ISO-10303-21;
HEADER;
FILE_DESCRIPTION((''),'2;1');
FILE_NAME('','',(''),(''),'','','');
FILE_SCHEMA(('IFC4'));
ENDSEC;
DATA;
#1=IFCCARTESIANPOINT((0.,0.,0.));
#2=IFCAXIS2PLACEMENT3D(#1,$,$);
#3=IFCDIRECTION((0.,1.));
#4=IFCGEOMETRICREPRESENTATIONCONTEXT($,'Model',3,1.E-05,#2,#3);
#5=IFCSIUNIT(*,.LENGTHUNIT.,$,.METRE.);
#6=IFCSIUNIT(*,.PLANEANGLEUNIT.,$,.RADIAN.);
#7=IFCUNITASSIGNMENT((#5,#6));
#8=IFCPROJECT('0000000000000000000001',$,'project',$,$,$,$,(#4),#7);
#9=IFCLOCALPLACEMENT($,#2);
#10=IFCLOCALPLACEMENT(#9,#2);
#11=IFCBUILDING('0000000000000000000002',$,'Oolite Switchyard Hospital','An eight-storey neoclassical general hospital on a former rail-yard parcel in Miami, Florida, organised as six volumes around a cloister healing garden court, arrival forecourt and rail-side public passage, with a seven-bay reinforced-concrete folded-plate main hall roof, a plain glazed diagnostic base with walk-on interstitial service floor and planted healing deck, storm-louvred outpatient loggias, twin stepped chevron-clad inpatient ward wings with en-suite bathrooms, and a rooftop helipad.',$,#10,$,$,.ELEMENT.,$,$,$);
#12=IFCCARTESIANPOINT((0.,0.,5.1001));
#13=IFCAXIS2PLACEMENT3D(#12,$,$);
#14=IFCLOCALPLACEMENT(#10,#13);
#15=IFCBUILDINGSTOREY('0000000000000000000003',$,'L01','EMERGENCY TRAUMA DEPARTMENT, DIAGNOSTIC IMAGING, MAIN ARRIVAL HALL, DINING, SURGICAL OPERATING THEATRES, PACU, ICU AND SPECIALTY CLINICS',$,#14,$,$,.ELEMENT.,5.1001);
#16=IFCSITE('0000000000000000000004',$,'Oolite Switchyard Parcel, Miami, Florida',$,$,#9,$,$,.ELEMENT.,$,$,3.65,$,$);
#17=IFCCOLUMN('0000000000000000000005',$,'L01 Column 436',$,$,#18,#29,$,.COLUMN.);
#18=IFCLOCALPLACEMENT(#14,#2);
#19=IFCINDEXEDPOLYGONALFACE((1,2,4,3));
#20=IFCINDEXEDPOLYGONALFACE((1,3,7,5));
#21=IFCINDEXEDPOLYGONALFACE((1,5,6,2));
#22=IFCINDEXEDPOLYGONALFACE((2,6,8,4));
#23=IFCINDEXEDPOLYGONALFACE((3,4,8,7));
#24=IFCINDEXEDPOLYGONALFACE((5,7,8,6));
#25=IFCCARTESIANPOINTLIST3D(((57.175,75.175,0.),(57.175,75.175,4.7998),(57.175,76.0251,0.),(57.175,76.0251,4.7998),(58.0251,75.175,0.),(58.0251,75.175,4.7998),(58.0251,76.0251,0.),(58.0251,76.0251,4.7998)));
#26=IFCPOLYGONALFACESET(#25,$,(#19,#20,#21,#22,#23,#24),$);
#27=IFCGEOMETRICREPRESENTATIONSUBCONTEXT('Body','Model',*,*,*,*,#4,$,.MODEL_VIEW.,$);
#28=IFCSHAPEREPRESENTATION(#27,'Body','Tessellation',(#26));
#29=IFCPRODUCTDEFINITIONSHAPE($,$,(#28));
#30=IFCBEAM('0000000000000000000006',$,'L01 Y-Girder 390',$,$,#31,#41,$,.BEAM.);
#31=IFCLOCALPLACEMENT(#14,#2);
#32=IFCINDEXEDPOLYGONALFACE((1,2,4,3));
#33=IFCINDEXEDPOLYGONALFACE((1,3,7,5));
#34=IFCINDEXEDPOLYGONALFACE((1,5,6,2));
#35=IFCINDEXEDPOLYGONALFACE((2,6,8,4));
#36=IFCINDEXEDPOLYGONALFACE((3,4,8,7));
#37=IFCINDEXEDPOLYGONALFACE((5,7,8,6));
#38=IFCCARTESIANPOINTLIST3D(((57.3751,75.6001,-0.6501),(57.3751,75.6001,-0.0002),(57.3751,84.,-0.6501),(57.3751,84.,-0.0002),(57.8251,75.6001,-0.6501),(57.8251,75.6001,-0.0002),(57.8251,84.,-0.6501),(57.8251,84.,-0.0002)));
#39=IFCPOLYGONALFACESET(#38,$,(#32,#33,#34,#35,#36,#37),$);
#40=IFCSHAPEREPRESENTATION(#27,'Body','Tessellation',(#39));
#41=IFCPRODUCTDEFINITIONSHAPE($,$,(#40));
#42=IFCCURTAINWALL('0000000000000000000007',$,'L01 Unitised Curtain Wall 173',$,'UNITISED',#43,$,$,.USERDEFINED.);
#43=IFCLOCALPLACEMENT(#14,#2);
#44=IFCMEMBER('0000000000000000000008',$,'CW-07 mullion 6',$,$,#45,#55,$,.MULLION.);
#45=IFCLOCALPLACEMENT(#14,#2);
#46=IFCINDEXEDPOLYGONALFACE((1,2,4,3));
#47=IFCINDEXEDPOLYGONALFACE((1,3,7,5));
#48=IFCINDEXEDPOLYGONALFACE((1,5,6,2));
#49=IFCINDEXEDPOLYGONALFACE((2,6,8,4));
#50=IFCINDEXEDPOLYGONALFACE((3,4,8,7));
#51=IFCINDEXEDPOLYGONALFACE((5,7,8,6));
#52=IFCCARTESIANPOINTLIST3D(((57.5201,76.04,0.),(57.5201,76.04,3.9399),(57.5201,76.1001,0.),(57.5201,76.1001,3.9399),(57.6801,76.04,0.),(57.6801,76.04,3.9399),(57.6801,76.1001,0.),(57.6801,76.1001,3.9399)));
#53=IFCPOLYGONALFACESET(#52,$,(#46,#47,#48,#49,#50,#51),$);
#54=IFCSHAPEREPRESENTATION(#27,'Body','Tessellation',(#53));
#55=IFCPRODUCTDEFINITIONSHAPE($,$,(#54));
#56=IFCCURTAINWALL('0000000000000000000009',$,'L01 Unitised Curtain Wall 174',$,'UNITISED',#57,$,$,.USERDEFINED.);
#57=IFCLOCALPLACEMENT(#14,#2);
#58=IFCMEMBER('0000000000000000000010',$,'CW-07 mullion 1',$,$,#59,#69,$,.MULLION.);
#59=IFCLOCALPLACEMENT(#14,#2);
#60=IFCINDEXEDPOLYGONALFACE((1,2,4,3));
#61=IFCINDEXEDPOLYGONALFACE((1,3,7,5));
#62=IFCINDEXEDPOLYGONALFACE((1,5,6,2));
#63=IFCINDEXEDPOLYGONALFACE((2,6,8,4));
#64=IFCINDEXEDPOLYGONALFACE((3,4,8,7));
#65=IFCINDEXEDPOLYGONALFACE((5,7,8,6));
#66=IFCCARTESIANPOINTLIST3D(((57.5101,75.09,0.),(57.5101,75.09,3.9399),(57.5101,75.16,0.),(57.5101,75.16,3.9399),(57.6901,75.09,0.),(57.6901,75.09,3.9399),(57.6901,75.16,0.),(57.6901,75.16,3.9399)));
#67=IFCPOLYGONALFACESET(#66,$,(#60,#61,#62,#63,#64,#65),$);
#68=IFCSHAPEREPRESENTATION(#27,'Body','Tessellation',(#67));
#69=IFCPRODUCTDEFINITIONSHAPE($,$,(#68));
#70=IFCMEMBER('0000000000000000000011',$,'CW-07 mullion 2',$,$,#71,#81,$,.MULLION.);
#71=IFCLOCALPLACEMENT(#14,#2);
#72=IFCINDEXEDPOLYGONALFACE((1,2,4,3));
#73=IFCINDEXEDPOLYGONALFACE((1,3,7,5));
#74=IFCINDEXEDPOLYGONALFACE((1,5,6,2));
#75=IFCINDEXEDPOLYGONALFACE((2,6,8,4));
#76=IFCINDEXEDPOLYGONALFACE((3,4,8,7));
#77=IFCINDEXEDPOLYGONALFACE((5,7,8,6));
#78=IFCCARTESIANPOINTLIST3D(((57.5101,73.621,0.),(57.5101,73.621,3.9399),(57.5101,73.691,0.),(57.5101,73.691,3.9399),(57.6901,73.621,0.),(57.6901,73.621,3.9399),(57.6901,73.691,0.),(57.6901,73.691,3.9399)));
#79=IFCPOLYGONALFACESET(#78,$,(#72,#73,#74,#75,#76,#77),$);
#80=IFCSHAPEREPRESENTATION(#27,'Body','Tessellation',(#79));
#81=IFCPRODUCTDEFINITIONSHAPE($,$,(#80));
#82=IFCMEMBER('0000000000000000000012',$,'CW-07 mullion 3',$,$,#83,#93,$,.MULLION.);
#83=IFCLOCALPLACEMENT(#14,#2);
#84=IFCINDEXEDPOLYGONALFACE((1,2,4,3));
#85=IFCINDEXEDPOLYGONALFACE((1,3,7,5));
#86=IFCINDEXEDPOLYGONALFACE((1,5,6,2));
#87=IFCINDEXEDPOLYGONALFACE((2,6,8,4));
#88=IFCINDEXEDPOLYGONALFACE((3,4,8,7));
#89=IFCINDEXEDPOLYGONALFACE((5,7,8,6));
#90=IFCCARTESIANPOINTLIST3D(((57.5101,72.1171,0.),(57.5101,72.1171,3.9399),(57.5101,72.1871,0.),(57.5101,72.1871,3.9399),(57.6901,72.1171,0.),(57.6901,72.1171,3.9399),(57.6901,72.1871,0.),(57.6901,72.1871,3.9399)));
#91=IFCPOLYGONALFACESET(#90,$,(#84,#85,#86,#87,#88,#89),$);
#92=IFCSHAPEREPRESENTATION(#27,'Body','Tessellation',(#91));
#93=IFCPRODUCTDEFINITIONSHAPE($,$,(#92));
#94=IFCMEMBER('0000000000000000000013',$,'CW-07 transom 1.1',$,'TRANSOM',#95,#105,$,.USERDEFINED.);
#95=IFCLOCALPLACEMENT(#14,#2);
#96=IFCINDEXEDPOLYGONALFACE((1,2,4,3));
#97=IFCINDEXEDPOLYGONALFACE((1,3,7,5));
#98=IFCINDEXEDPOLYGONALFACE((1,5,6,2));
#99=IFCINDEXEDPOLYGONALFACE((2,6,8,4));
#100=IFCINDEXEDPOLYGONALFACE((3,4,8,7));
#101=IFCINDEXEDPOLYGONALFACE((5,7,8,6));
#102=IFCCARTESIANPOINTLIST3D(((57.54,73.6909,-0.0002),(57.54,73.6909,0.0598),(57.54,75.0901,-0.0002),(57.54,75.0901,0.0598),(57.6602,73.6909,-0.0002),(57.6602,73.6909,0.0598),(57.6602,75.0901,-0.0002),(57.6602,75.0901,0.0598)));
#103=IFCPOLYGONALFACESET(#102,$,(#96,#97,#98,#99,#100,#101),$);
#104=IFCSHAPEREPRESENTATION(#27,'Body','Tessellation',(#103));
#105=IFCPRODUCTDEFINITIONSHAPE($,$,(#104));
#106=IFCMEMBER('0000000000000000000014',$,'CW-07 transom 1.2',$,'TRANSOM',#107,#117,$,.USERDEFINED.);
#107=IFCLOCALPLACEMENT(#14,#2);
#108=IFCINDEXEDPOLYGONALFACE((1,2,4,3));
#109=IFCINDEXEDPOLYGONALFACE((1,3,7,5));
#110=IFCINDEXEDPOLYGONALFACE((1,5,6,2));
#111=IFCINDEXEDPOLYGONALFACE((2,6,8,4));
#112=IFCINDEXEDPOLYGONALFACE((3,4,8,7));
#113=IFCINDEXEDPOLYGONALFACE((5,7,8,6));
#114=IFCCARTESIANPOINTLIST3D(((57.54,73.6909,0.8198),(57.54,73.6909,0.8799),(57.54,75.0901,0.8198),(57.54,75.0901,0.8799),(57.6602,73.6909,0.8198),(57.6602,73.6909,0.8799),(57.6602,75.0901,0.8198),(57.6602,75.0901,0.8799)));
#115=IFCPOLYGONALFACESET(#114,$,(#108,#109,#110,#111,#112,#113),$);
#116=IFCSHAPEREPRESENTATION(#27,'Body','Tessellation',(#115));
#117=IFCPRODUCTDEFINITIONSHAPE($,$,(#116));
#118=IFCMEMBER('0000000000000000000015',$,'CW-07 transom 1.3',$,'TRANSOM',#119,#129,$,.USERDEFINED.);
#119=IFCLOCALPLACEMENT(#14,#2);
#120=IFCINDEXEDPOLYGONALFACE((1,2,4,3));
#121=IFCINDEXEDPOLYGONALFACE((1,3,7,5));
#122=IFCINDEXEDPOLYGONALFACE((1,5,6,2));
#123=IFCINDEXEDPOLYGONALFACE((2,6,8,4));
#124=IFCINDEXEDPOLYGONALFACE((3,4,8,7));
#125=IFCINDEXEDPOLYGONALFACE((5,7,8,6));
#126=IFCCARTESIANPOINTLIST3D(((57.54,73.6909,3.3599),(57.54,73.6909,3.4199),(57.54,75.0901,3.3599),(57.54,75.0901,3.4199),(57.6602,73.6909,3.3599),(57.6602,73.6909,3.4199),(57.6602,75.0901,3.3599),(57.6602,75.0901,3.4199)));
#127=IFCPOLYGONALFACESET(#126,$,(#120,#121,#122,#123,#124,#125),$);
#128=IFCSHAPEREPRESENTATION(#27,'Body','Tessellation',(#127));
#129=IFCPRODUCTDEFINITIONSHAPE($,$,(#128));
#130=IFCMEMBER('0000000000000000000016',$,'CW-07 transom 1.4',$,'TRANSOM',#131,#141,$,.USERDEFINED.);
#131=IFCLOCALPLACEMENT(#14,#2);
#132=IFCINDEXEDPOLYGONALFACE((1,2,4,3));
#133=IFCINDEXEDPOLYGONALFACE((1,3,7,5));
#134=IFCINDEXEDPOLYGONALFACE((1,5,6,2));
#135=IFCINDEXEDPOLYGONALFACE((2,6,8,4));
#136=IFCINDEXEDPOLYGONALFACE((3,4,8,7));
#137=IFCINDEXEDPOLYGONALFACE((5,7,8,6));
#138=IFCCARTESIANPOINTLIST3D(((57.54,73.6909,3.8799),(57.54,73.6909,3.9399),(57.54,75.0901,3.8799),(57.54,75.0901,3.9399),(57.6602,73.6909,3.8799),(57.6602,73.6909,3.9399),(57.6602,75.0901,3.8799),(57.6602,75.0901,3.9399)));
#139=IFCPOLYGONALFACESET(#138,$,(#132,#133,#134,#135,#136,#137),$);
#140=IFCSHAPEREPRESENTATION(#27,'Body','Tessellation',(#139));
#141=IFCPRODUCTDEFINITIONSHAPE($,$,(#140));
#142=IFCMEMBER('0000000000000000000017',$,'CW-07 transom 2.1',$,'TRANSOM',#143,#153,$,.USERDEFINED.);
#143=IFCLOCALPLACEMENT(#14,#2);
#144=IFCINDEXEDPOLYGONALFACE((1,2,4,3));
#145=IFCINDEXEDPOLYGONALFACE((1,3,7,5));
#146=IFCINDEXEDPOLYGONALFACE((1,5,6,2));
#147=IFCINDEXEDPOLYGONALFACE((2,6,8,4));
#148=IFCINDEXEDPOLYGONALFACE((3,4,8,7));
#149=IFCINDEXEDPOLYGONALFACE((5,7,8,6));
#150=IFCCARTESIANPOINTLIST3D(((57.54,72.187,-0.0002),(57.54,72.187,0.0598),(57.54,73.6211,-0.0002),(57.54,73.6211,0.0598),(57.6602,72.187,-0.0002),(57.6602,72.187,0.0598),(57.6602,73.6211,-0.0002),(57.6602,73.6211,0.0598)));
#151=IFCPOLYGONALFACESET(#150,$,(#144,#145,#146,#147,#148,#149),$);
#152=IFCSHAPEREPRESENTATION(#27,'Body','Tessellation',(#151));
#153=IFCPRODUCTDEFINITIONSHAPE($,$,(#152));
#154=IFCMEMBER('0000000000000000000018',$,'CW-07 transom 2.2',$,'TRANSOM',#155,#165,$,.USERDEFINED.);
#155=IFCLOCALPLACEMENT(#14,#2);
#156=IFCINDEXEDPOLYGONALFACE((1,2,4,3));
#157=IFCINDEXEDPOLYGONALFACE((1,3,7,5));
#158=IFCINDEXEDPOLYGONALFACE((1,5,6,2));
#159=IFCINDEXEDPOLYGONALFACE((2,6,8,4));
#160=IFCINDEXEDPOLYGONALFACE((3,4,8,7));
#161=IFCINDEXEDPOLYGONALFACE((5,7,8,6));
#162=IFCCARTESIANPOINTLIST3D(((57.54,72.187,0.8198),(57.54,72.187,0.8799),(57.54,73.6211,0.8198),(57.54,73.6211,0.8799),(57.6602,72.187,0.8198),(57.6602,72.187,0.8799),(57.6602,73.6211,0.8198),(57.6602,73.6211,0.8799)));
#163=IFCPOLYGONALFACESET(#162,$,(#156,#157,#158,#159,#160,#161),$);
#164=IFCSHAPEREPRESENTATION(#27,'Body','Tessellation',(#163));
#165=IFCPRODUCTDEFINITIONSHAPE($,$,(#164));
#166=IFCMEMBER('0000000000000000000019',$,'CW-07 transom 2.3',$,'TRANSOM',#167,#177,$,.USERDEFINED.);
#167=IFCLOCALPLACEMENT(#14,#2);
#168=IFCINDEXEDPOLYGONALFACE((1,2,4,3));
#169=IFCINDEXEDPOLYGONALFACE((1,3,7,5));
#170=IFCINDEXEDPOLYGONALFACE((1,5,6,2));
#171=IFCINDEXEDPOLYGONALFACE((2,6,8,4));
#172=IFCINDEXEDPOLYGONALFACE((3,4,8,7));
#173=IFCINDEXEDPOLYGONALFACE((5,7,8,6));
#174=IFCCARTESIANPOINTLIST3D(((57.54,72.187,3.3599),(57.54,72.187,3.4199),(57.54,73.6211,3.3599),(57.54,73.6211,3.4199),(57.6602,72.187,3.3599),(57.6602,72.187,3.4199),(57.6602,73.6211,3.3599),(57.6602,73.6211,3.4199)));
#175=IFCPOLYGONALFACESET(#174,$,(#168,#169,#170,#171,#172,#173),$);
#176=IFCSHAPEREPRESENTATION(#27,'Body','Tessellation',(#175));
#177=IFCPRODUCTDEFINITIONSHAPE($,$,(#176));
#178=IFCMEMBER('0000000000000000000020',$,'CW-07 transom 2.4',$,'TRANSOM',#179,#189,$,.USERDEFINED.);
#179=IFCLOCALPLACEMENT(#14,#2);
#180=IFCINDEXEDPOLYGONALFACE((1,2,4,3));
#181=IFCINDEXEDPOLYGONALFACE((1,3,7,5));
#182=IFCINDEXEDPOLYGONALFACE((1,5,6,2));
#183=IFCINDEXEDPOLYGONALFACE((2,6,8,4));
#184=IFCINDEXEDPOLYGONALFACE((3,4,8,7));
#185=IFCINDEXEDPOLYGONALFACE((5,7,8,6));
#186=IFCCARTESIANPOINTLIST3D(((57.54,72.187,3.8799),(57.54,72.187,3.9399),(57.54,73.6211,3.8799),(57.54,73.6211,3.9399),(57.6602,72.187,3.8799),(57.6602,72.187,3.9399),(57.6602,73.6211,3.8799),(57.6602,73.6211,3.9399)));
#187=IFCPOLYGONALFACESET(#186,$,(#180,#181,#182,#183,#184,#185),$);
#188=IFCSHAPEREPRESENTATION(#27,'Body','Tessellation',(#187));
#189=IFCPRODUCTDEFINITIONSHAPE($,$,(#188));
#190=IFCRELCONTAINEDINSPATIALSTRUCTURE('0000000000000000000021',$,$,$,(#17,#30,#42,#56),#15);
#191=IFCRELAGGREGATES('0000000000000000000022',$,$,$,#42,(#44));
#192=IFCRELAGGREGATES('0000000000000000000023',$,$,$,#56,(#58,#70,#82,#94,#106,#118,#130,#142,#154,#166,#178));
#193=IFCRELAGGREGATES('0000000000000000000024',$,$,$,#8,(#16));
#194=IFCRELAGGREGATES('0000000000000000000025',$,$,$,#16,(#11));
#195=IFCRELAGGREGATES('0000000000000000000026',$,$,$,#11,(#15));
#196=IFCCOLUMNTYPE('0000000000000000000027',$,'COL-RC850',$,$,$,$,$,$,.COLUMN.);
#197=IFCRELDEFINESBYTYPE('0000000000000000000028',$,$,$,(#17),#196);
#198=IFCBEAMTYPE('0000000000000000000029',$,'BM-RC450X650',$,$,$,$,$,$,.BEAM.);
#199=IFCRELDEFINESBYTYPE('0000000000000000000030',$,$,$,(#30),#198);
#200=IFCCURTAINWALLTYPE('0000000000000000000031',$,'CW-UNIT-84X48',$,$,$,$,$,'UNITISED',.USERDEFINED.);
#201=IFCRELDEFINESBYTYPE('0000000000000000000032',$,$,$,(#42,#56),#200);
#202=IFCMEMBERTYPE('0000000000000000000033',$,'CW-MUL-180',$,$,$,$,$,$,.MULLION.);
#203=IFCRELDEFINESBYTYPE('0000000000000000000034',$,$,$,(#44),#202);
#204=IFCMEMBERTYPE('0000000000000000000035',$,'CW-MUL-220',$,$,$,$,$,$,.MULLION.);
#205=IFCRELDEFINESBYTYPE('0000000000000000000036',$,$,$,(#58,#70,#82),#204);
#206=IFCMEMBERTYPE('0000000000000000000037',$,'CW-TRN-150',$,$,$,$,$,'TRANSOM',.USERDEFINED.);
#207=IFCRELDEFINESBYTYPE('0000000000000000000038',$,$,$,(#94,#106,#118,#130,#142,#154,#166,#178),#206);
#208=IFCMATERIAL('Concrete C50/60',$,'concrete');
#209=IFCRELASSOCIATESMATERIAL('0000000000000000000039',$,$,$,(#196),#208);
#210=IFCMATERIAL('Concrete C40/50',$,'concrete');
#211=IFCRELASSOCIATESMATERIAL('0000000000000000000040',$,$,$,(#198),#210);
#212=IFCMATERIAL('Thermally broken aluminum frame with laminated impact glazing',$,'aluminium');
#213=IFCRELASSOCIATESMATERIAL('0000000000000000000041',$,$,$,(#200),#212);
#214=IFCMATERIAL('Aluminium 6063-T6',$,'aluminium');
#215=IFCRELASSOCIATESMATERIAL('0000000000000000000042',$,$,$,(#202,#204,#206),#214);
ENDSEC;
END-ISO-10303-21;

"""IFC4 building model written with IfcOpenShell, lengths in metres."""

from ifc_helpers import new_model, si_unit, direction, frame, origin, origin_2d, place, context, subcontext, project, spatial, rectangle, extrude, material, material_profile, profile_set, type_object, element, aggregate, save


model = new_model("IFC4")

# Units and contexts
model_context = context("Model", 3, precision=1e-05, world=origin(), true_north=direction((0.0, 1.0)))
body_context = subcontext(model_context, "Body", "Model", "MODEL_VIEW")
ifc_project = project(units=[si_unit("LENGTHUNIT", "METRE"), si_unit("PLANEANGLEUNIT", "RADIAN")], contexts=[model_context])

# Site, building, storey
site_placement = place(None, origin())
site = spatial("IfcSite", under=ifc_project, at=site_placement, Name="Oolite Switchyard Parcel, Miami, Florida", CompositionType="ELEMENT", RefElevation=3.65)
building_placement = place(site_placement, origin())
building = spatial("IfcBuilding", under=site, at=building_placement, Name="Oolite Switchyard Hospital", Description="An eight-storey neoclassical general hospital on a former rail-yard parcel in Miami, Florida, organised as six volumes around a cloister healing garden court, arrival forecourt and rail-side public passage, with a seven-bay reinforced-concrete folded-plate main hall roof, a plain glazed diagnostic base with walk-on interstitial service floor and planted healing deck, storm-louvred outpatient loggias, twin stepped chevron-clad inpatient ward wings with en-suite bathrooms, and a rooftop helipad.", CompositionType="ELEMENT")
storey_placement = place(building_placement, frame((0.0, 0.0, 5.1001)))
storey = spatial("IfcBuildingStorey", under=building, at=storey_placement, Name="L01", Description="EMERGENCY TRAUMA DEPARTMENT, DIAGNOSTIC IMAGING, MAIN ARRIVAL HALL, DINING, SURGICAL OPERATING THEATRES, PACU, ICU AND SPECIALTY CLINICS", CompositionType="ELEMENT", Elevation=5.1001)

# Column
ifc_material_1 = material(Name="Concrete C50/60", Category="concrete")
ifc_material_profile_1 = material_profile(ifc_material_1, rectangle(XDim=0.8501, YDim=0.8501, at=origin_2d()), Name="RC850X850")
ifc_profile_set_1 = profile_set([ifc_material_profile_1], Name="Concrete C50/60")
column_type = type_object("IfcColumnType", Name="COL-RC850", PredefinedType="COLUMN", material=ifc_profile_set_1)
column_placement = place(storey_placement, frame((57.6001, 75.6001, 0.0), z_axis=(0.0, 0.0, 1.0), x_axis=(1.0, 0.0, 0.0)))
element("IfcColumn", 1, at=column_placement, inside=storey, type_object=column_type, Name="L01 Column 436", PredefinedType="COLUMN", context=body_context, shape_type="SweptSolid", body=[
    extrude(rectangle(XDim=0.8501, YDim=0.8501, at=origin_2d()), origin(), (0.0, 0.0, 1.0), 4.7998),
])

# Beam
ifc_material_2 = material(Name="Concrete C40/50", Category="concrete")
ifc_material_profile_2 = material_profile(ifc_material_2, rectangle(XDim=0.45, YDim=0.6499, at=origin_2d()), Name="RCB450X650")
ifc_profile_set_2 = profile_set([ifc_material_profile_2], Name="Concrete C40/50")
beam_type = type_object("IfcBeamType", Name="BM-RC450X650", PredefinedType="BEAM", material=ifc_profile_set_2)
beam_placement = place(storey_placement, frame((57.6001, 75.6001, -0.3252), z_axis=(0.0, 1.0, 0.0), x_axis=(-1.0, 0.0, 0.0)))
element("IfcBeam", 2, at=beam_placement, inside=storey, type_object=beam_type, Name="L01 Y-Girder 390", PredefinedType="BEAM", context=body_context, shape_type="SweptSolid", body=[
    extrude(rectangle(XDim=0.45, YDim=0.6499, at=origin_2d()), origin(), (0.0, 0.0, 1.0), 8.3999),
])

# Curtain wall, member
ifc_material_3 = material(Name="Thermally broken aluminum frame with laminated impact glazing", Category="aluminium")
curtain_wall_type = type_object("IfcCurtainWallType", Name="CW-UNIT-84X48", ElementType="UNITISED", PredefinedType="USERDEFINED", material=ifc_material_3)
curtain_wall_1_placement = place(storey_placement, origin())
curtain_wall_1 = element("IfcCurtainWall", 3, at=curtain_wall_1_placement, inside=storey, type_object=curtain_wall_type, Name="L01 Unitised Curtain Wall 173", ObjectType="UNITISED", PredefinedType="USERDEFINED")
ifc_material_4 = material(Name="Aluminium 6063-T6", Category="aluminium")
ifc_material_profile_3 = material_profile(ifc_material_4, rectangle(XDim=0.1599, YDim=0.0601, at=origin_2d()), Name="CWM60X160")
ifc_profile_set_3 = profile_set([ifc_material_profile_3], Name="Aluminium 6063-T6")
member_type_1 = type_object("IfcMemberType", Name="CW-MUL-180", PredefinedType="MULLION", material=ifc_profile_set_3)
member_1_placement = place(storey_placement, frame((57.6001, 76.0701, 0.0), z_axis=(0.0, 0.0, 1.0), x_axis=(1.0, 0.0, 0.0)))
member_1 = element("IfcMember", 4, at=member_1_placement, type_object=member_type_1, Name="CW-07 mullion 6", PredefinedType="MULLION", context=body_context, shape_type="SweptSolid", body=[
    extrude(rectangle(XDim=0.1599, YDim=0.0601, at=origin_2d()), origin(), (0.0, 0.0, 1.0), 3.9399),
])

# Curtain wall, members
curtain_wall_2_placement = place(storey_placement, origin())
curtain_wall_2 = element("IfcCurtainWall", 5, at=curtain_wall_2_placement, inside=storey, type_object=curtain_wall_type, Name="L01 Unitised Curtain Wall 174", ObjectType="UNITISED", PredefinedType="USERDEFINED")
ifc_material_profile_4 = material_profile(ifc_material_4, rectangle(XDim=0.1799, YDim=0.0701, at=origin_2d()), Name="CWM70X180")
ifc_profile_set_4 = profile_set([ifc_material_profile_4], Name="Aluminium 6063-T6")
member_type_2 = type_object("IfcMemberType", Name="CW-MUL-220", PredefinedType="MULLION", material=ifc_profile_set_4)
member_2_placement = place(storey_placement, frame((57.6001, 75.125, 0.0), z_axis=(0.0, 0.0, 1.0), x_axis=(1.0, 0.0, 0.0)))
member_2 = element("IfcMember", 6, at=member_2_placement, type_object=member_type_2, Name="CW-07 mullion 1", PredefinedType="MULLION", context=body_context, shape_type="SweptSolid", body=[
    extrude(rectangle(XDim=0.1799, YDim=0.0701, at=origin_2d()), origin(), (0.0, 0.0, 1.0), 3.9399),
])
member_3_placement = place(storey_placement, frame((57.6001, 73.656, 0.0), z_axis=(0.0, 0.0, 1.0), x_axis=(1.0, 0.0, 0.0)))
member_3 = element("IfcMember", 7, at=member_3_placement, type_object=member_type_2, Name="CW-07 mullion 2", PredefinedType="MULLION", context=body_context, shape_type="SweptSolid", body=[
    extrude(rectangle(XDim=0.1799, YDim=0.0701, at=origin_2d()), origin(), (0.0, 0.0, 1.0), 3.9399),
])
member_4_placement = place(storey_placement, frame((57.6001, 72.1521, 0.0), z_axis=(0.0, 0.0, 1.0), x_axis=(1.0, 0.0, 0.0)))
member_4 = element("IfcMember", 8, at=member_4_placement, type_object=member_type_2, Name="CW-07 mullion 3", PredefinedType="MULLION", context=body_context, shape_type="SweptSolid", body=[
    extrude(rectangle(XDim=0.1799, YDim=0.0701, at=origin_2d()), origin(), (0.0, 0.0, 1.0), 3.9399),
])
ifc_material_profile_5 = material_profile(ifc_material_4, rectangle(XDim=0.1201, YDim=0.0601, at=origin_2d()), Name="CWT60X120")
ifc_profile_set_5 = profile_set([ifc_material_profile_5], Name="Aluminium 6063-T6")
member_type_3 = type_object("IfcMemberType", Name="CW-TRN-150", ElementType="TRANSOM", PredefinedType="USERDEFINED", material=ifc_profile_set_5)
member_5_placement = place(storey_placement, frame((57.6001, 75.0901, 0.0298), z_axis=(0.0, -1.0, 0.0), x_axis=(1.0, 0.0, 0.0)))
member_5 = element("IfcMember", 9, at=member_5_placement, type_object=member_type_3, Name="CW-07 transom 1.1", ObjectType="TRANSOM", PredefinedType="USERDEFINED", context=body_context, shape_type="SweptSolid", body=[
    extrude(rectangle(XDim=0.1201, YDim=0.0601, at=origin_2d()), origin(), (0.0, 0.0, 1.0), 1.3992),
])
member_6_placement = place(storey_placement, frame((57.6001, 75.0901, 0.8499), z_axis=(0.0, -1.0, 0.0), x_axis=(1.0, 0.0, 0.0)))
member_6 = element("IfcMember", 10, at=member_6_placement, type_object=member_type_3, Name="CW-07 transom 1.2", ObjectType="TRANSOM", PredefinedType="USERDEFINED", context=body_context, shape_type="SweptSolid", body=[
    extrude(rectangle(XDim=0.1201, YDim=0.0601, at=origin_2d()), origin(), (0.0, 0.0, 1.0), 1.3992),
])
member_7_placement = place(storey_placement, frame((57.6001, 75.0901, 3.3899), z_axis=(0.0, -1.0, 0.0), x_axis=(1.0, 0.0, 0.0)))
member_7 = element("IfcMember", 11, at=member_7_placement, type_object=member_type_3, Name="CW-07 transom 1.3", ObjectType="TRANSOM", PredefinedType="USERDEFINED", context=body_context, shape_type="SweptSolid", body=[
    extrude(rectangle(XDim=0.1201, YDim=0.0601, at=origin_2d()), origin(), (0.0, 0.0, 1.0), 1.3992),
])
member_8_placement = place(storey_placement, frame((57.6001, 75.0901, 3.9099), z_axis=(0.0, -1.0, 0.0), x_axis=(1.0, 0.0, 0.0)))
member_8 = element("IfcMember", 12, at=member_8_placement, type_object=member_type_3, Name="CW-07 transom 1.4", ObjectType="TRANSOM", PredefinedType="USERDEFINED", context=body_context, shape_type="SweptSolid", body=[
    extrude(rectangle(XDim=0.1201, YDim=0.0601, at=origin_2d()), origin(), (0.0, 0.0, 1.0), 1.3992),
])
member_9_placement = place(storey_placement, frame((57.6001, 73.6211, 0.0298), z_axis=(0.0, -1.0, 0.0), x_axis=(1.0, 0.0, 0.0)))
member_9 = element("IfcMember", 13, at=member_9_placement, type_object=member_type_3, Name="CW-07 transom 2.1", ObjectType="TRANSOM", PredefinedType="USERDEFINED", context=body_context, shape_type="SweptSolid", body=[
    extrude(rectangle(XDim=0.1201, YDim=0.0601, at=origin_2d()), origin(), (0.0, 0.0, 1.0), 1.4341),
])
member_10_placement = place(storey_placement, frame((57.6001, 73.6211, 0.8499), z_axis=(0.0, -1.0, 0.0), x_axis=(1.0, 0.0, 0.0)))
member_10 = element("IfcMember", 14, at=member_10_placement, type_object=member_type_3, Name="CW-07 transom 2.2", ObjectType="TRANSOM", PredefinedType="USERDEFINED", context=body_context, shape_type="SweptSolid", body=[
    extrude(rectangle(XDim=0.1201, YDim=0.0601, at=origin_2d()), origin(), (0.0, 0.0, 1.0), 1.4341),
])
member_11_placement = place(storey_placement, frame((57.6001, 73.6211, 3.3899), z_axis=(0.0, -1.0, 0.0), x_axis=(1.0, 0.0, 0.0)))
member_11 = element("IfcMember", 15, at=member_11_placement, type_object=member_type_3, Name="CW-07 transom 2.3", ObjectType="TRANSOM", PredefinedType="USERDEFINED", context=body_context, shape_type="SweptSolid", body=[
    extrude(rectangle(XDim=0.1201, YDim=0.0601, at=origin_2d()), origin(), (0.0, 0.0, 1.0), 1.4341),
])
member_12_placement = place(storey_placement, frame((57.6001, 73.6211, 3.9099), z_axis=(0.0, -1.0, 0.0), x_axis=(1.0, 0.0, 0.0)))
member_12 = element("IfcMember", 16, at=member_12_placement, type_object=member_type_3, Name="CW-07 transom 2.4", ObjectType="TRANSOM", PredefinedType="USERDEFINED", context=body_context, shape_type="SweptSolid", body=[
    extrude(rectangle(XDim=0.1201, YDim=0.0601, at=origin_2d()), origin(), (0.0, 0.0, 1.0), 1.4341),
])

aggregate(curtain_wall_1, [member_1])
aggregate(curtain_wall_2, [member_2, member_3, member_4, member_5, member_6, member_7, member_8, member_9, member_10, member_11, member_12])

save(model, "model.ifc")
